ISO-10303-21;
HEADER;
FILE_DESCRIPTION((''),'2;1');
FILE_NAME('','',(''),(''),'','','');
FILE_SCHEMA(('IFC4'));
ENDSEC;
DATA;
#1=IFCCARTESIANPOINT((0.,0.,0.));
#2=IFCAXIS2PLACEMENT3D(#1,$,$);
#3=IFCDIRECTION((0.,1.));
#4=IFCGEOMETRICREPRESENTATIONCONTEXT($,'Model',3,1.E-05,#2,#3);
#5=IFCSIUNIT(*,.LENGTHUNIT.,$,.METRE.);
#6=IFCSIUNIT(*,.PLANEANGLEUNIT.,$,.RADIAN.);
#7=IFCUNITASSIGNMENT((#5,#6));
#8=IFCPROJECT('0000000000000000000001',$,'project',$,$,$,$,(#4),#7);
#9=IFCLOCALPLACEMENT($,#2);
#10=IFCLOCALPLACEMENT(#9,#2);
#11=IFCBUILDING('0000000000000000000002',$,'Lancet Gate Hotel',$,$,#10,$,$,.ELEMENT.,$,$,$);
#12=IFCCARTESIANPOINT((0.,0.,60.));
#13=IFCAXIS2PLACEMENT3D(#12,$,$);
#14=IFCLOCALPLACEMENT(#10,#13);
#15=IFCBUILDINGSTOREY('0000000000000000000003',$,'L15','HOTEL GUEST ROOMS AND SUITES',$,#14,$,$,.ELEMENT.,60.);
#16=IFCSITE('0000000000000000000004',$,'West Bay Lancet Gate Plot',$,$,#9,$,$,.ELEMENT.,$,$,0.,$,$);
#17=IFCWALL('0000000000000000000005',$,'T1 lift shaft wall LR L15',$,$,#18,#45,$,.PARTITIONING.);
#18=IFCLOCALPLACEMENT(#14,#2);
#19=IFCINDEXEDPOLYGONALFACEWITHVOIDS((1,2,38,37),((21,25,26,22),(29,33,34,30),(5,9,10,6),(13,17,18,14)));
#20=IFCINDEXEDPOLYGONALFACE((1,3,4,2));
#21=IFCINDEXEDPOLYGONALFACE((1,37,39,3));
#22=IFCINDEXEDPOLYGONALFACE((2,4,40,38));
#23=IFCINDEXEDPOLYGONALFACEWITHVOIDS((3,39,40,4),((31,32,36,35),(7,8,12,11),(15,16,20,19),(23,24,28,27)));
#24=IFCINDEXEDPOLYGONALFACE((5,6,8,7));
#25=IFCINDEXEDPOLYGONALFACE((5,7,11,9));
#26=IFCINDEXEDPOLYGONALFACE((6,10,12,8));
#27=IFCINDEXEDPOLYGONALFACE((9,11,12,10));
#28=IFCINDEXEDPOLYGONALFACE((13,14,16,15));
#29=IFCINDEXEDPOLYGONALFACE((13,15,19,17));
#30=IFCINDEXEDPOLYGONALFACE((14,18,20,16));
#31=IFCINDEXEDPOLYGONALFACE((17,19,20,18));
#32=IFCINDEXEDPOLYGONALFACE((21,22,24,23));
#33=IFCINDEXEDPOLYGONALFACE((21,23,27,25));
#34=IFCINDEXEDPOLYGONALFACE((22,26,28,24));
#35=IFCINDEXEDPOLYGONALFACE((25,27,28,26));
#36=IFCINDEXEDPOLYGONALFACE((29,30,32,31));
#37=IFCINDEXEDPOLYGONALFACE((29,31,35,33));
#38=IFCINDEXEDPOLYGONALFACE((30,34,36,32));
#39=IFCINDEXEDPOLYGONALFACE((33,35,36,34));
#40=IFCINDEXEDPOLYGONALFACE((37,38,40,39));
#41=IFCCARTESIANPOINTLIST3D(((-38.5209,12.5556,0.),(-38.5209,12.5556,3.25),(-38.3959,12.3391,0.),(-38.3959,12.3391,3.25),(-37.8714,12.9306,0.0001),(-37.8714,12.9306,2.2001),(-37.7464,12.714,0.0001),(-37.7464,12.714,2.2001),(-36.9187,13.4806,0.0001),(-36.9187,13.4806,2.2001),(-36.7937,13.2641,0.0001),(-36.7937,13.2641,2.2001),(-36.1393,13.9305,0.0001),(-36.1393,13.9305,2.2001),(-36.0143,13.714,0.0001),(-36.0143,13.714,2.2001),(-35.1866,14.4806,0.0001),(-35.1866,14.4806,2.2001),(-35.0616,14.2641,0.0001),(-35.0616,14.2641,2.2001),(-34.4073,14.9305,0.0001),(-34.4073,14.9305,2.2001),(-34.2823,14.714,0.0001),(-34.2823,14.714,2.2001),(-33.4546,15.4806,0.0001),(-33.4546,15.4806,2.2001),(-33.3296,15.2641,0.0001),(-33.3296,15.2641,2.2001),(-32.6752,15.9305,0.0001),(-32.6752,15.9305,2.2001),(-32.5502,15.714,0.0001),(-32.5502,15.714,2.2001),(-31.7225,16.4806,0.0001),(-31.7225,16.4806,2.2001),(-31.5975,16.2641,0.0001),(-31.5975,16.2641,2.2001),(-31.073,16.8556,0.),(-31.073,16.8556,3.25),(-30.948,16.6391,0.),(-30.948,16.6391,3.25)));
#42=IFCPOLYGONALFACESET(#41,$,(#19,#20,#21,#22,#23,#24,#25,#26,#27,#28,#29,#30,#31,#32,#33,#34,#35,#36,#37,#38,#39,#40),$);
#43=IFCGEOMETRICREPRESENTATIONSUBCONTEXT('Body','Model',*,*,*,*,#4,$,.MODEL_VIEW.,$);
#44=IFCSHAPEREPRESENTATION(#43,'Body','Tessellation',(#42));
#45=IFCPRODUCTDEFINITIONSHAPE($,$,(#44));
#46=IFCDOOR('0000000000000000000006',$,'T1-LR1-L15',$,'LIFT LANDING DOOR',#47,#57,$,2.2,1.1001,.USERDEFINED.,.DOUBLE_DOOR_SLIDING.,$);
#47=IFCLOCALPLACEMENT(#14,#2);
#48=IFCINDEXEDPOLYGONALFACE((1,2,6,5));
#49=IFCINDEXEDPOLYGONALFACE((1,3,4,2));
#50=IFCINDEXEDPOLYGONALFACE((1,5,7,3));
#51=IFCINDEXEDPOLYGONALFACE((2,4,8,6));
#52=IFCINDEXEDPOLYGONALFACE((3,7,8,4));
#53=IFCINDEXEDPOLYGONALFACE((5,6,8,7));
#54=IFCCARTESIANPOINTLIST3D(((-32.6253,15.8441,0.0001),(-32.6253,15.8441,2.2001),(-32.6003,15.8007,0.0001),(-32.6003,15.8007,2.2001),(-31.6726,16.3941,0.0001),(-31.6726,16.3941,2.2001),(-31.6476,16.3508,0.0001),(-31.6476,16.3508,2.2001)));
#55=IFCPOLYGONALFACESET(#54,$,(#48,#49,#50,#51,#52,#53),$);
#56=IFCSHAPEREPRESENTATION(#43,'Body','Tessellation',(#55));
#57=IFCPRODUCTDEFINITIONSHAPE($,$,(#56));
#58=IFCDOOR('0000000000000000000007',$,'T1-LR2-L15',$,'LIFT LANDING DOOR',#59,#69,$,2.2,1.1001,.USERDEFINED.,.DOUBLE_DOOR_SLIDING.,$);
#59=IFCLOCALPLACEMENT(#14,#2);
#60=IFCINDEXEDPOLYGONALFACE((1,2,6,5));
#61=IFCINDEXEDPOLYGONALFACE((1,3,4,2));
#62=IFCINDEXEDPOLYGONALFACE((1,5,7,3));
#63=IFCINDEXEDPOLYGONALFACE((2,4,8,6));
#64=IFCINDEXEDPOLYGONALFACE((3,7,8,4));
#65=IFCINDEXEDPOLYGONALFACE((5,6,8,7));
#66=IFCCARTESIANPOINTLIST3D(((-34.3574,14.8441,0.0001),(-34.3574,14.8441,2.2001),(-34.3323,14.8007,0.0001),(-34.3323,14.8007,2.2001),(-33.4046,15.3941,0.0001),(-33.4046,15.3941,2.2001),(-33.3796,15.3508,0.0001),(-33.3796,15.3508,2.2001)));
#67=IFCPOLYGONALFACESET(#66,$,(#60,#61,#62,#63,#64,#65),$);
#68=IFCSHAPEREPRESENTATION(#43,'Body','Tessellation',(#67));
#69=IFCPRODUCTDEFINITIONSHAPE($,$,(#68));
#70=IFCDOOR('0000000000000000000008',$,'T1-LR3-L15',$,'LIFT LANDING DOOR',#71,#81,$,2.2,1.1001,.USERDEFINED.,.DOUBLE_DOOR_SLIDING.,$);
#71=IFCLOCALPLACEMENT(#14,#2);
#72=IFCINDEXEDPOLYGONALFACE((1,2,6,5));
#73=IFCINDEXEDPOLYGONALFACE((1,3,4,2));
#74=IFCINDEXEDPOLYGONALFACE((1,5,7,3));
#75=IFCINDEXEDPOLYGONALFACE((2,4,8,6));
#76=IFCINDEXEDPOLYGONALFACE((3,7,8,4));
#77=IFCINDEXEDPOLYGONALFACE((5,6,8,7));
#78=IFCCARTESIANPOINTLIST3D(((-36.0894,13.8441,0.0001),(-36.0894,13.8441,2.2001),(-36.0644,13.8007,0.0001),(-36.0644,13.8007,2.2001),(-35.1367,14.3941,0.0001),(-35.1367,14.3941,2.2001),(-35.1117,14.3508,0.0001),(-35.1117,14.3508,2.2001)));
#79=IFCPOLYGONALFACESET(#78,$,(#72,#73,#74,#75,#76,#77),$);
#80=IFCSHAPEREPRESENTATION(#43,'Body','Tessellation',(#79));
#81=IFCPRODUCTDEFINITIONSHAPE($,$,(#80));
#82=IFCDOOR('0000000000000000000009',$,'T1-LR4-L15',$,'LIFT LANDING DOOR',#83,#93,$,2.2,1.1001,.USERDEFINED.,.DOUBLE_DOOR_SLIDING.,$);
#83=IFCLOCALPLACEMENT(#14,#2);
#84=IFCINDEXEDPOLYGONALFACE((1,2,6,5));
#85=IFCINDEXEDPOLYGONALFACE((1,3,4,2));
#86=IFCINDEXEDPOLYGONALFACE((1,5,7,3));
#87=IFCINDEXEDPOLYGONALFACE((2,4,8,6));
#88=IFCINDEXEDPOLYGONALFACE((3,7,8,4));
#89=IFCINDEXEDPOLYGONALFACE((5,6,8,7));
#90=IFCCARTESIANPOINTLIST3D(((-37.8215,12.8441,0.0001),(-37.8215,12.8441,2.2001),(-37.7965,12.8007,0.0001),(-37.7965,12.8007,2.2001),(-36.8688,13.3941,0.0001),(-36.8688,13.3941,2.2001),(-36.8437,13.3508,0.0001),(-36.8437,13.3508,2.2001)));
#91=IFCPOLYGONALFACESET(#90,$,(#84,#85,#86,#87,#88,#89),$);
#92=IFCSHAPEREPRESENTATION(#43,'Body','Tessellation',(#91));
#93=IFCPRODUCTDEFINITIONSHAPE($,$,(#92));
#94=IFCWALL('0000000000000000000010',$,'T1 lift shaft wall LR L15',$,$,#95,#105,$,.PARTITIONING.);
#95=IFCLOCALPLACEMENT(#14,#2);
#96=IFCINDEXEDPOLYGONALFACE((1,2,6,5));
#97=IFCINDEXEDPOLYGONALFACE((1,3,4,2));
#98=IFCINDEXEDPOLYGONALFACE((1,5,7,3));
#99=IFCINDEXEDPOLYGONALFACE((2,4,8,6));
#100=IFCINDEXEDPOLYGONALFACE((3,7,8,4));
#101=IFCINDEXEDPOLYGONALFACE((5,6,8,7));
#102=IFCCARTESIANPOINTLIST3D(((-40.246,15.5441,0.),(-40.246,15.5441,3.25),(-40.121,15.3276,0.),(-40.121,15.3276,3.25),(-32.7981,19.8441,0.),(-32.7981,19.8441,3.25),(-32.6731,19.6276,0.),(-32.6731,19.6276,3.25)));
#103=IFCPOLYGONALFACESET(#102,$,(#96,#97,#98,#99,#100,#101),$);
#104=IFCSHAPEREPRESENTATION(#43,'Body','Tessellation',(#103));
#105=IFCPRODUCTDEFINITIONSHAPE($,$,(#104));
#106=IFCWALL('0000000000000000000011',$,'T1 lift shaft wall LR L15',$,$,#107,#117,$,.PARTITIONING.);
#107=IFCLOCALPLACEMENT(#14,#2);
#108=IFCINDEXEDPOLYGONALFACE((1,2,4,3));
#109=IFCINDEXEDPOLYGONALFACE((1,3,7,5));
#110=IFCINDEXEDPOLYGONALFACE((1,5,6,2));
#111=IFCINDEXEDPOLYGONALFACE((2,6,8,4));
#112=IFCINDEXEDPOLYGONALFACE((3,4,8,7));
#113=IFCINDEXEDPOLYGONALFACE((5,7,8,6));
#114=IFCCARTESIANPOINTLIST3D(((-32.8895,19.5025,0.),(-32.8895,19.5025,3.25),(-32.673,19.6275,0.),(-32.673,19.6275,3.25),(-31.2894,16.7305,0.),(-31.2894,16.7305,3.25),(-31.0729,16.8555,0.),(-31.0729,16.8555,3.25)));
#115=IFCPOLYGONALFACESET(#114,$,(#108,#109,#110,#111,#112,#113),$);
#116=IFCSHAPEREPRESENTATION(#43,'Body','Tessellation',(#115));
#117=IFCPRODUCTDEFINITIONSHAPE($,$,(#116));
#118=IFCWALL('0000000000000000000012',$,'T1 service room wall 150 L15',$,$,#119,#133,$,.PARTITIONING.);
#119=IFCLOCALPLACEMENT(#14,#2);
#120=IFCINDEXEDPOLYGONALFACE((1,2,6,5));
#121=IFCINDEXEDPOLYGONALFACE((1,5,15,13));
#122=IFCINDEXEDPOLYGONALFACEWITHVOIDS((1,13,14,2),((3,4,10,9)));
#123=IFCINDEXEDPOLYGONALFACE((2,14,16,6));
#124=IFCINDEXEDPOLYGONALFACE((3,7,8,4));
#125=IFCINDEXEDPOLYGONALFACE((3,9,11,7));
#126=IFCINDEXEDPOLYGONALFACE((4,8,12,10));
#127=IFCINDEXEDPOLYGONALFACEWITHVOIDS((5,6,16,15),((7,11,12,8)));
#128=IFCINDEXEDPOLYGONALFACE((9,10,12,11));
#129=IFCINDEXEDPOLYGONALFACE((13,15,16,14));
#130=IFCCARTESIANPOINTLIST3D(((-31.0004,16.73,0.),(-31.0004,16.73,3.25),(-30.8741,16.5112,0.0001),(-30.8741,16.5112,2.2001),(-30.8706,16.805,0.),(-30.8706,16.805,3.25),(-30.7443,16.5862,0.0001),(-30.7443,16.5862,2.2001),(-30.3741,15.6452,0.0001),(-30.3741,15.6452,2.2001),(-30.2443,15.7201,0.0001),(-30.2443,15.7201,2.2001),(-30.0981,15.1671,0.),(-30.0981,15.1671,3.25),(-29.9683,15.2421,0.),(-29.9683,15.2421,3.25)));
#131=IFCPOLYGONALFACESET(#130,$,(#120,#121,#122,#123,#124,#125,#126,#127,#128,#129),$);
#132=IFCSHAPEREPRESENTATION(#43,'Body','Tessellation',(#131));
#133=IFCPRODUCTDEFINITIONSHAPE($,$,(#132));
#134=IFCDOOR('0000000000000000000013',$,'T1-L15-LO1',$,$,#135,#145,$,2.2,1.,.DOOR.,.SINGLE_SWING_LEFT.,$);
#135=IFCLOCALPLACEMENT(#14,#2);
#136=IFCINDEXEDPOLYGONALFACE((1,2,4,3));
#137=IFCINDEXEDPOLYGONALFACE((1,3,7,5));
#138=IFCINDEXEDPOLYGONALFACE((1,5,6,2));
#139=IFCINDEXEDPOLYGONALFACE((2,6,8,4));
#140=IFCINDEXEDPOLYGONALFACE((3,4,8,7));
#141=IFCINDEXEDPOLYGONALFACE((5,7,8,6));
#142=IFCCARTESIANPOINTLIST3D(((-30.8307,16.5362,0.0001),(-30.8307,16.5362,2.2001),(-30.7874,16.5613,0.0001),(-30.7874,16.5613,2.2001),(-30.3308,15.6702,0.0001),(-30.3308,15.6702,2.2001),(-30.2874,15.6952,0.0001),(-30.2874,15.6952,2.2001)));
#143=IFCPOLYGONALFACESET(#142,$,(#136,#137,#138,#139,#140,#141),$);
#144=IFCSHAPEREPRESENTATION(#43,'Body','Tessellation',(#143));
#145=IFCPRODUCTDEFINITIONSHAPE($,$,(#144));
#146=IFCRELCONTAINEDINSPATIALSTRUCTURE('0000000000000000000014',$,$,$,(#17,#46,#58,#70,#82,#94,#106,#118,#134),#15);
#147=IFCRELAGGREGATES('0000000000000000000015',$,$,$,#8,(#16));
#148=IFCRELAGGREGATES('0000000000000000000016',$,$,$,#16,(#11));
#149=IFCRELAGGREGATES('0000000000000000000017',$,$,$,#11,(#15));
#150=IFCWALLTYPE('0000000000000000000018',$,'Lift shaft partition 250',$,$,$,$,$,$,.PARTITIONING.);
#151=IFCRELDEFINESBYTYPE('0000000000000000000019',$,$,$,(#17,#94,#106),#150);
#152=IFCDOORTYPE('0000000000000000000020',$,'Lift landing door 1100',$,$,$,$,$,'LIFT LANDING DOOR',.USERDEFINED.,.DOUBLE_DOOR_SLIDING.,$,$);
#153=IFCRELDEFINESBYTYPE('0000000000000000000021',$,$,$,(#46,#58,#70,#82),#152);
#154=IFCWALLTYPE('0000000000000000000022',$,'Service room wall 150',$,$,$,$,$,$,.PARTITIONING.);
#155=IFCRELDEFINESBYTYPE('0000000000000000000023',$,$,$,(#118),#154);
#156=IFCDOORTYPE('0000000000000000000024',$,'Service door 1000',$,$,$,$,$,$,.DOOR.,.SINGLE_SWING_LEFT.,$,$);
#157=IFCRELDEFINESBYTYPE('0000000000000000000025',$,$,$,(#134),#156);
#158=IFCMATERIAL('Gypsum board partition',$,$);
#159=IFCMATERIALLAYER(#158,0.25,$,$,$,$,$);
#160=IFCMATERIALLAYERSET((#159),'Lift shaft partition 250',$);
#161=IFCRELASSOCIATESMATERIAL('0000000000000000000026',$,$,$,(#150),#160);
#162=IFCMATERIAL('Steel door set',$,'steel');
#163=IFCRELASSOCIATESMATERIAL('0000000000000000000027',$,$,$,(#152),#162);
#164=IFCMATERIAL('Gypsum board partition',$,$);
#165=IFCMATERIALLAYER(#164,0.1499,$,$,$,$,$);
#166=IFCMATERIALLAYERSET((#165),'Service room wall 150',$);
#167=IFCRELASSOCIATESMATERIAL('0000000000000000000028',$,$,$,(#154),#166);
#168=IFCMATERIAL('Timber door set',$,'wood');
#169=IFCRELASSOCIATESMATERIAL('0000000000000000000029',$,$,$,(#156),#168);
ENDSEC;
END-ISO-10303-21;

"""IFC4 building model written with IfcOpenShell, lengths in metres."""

from ifc_helpers import new_model, si_unit, direction, frame, frame_2d, origin, place, context, subcontext, project, spatial, rectangle, extrude, material, layer, layer_set, type_object, element, fill, save


model = new_model("IFC4")

# Units and contexts
model_context = context("Model", 3, precision=1e-05, world=origin(), true_north=direction((0.0, 1.0)))
body_context = subcontext(model_context, "Body", "Model", "MODEL_VIEW")
ifc_project = project(units=[si_unit("LENGTHUNIT", "METRE"), si_unit("PLANEANGLEUNIT", "RADIAN")], contexts=[model_context])

# Site, building, storey
site_placement = place(None, origin())
site = spatial("IfcSite", under=ifc_project, at=site_placement, Name="West Bay Lancet Gate Plot", CompositionType="ELEMENT", RefElevation=0.0)
building_placement = place(site_placement, origin())
building = spatial("IfcBuilding", under=site, at=building_placement, Name="Lancet Gate Hotel", CompositionType="ELEMENT")
storey_placement = place(building_placement, frame((0.0, 0.0, 60.0)))
storey = spatial("IfcBuildingStorey", under=building, at=storey_placement, Name="L15", Description="HOTEL GUEST ROOMS AND SUITES", CompositionType="ELEMENT", Elevation=60.0)

# Wall, openings, doors
ifc_material_1 = material(Name="Gypsum board partition")
ifc_layer_1 = layer(ifc_material_1, 0.25)
ifc_layer_set_1 = layer_set([ifc_layer_1], Name="Lift shaft partition 250")
wall_type_1 = type_object("IfcWallType", Name="Lift shaft partition 250", PredefinedType="PARTITIONING", material=ifc_layer_set_1)
wall_1_placement = place(storey_placement, frame((-31.0105, 16.7473, 0.0), z_axis=(0.0, 0.0, 1.0), x_axis=(-0.866028, -0.499995, 0.0)))
wall_1 = element("IfcWall", 1, at=wall_1_placement, inside=storey, type_object=wall_type_1, Name="T1 lift shaft wall LR L15", PredefinedType="PARTITIONING", context=body_context, shape_type="SweptSolid", body=[
    extrude(rectangle(XDim=8.6001, YDim=0.25, at=frame_2d((4.3, 0.0))), origin(), (0.0, 0.0, 1.0), 3.25),
])
opening_1_placement = place(wall_1_placement, frame((0.75, 0.0, 0.0)))
opening_1 = element("IfcOpeningElement", 2, at=opening_1_placement, cuts=wall_1, PredefinedType="OPENING", context=body_context, shape_type="SweptSolid", body=[
    extrude(rectangle(XDim=1.1001, YDim=2.2, at=frame_2d((0.55, 1.1001))), frame((0.0, 0.135, 0.0), z_axis=(0.0, -1.0, 0.0), x_axis=(1.0, 0.0, 0.0)), (0.0, 0.0, 1.0), 0.27),
])
opening_2_placement = place(wall_1_placement, frame((2.75, 0.0, 0.0)))
opening_2 = element("IfcOpeningElement", 3, at=opening_2_placement, cuts=wall_1, PredefinedType="OPENING", context=body_context, shape_type="SweptSolid", body=[
    extrude(rectangle(XDim=1.1001, YDim=2.2, at=frame_2d((0.55, 1.1001))), frame((0.0, 0.135, 0.0), z_axis=(0.0, -1.0, 0.0), x_axis=(1.0, 0.0, 0.0)), (0.0, 0.0, 1.0), 0.27),
])
opening_3_placement = place(wall_1_placement, frame((4.75, 0.0, 0.0)))
opening_3 = element("IfcOpeningElement", 4, at=opening_3_placement, cuts=wall_1, PredefinedType="OPENING", context=body_context, shape_type="SweptSolid", body=[
    extrude(rectangle(XDim=1.1001, YDim=2.2, at=frame_2d((0.55, 1.1001))), frame((0.0, 0.135, 0.0), z_axis=(0.0, -1.0, 0.0), x_axis=(1.0, 0.0, 0.0)), (0.0, 0.0, 1.0), 0.27),
])
opening_4_placement = place(wall_1_placement, frame((6.75, 0.0, 0.0)))
opening_4 = element("IfcOpeningElement", 5, at=opening_4_placement, cuts=wall_1, PredefinedType="OPENING", context=body_context, shape_type="SweptSolid", body=[
    extrude(rectangle(XDim=1.1001, YDim=2.2, at=frame_2d((0.55, 1.1001))), frame((0.0, 0.135, 0.0), z_axis=(0.0, -1.0, 0.0), x_axis=(1.0, 0.0, 0.0)), (0.0, 0.0, 1.0), 0.27),
])
ifc_material_2 = material(Name="Steel door set", Category="steel")
door_type_1 = type_object("IfcDoorType", Name="Lift landing door 1100", ElementType="LIFT LANDING DOOR", OperationType="DOUBLE_DOOR_SLIDING", PredefinedType="USERDEFINED", material=ifc_material_2)
door_1_placement = place(opening_1_placement, origin())
door_1 = element("IfcDoor", 6, at=door_1_placement, inside=storey, type_object=door_type_1, Name="T1-LR1-L15", ObjectType="LIFT LANDING DOOR", OperationType="DOUBLE_DOOR_SLIDING", OverallHeight=2.2, OverallWidth=1.1001, PredefinedType="USERDEFINED", context=body_context, shape_type="SweptSolid", body=[
    extrude(rectangle(XDim=1.1001, YDim=2.2, at=frame_2d((0.55, 1.1001))), frame((0.0, 0.0249, 0.0), z_axis=(0.0, -1.0, 0.0), x_axis=(1.0, 0.0, 0.0)), (0.0, 0.0, 1.0), 0.05),
])
fill(opening_1, door_1)
door_2_placement = place(opening_2_placement, origin())
door_2 = element("IfcDoor", 7, at=door_2_placement, inside=storey, type_object=door_type_1, Name="T1-LR2-L15", ObjectType="LIFT LANDING DOOR", OperationType="DOUBLE_DOOR_SLIDING", OverallHeight=2.2, OverallWidth=1.1001, PredefinedType="USERDEFINED", context=body_context, shape_type="SweptSolid", body=[
    extrude(rectangle(XDim=1.1001, YDim=2.2, at=frame_2d((0.55, 1.1001))), frame((0.0, 0.0249, 0.0), z_axis=(0.0, -1.0, 0.0), x_axis=(1.0, 0.0, 0.0)), (0.0, 0.0, 1.0), 0.05),
])
fill(opening_2, door_2)
door_3_placement = place(opening_3_placement, origin())
door_3 = element("IfcDoor", 8, at=door_3_placement, inside=storey, type_object=door_type_1, Name="T1-LR3-L15", ObjectType="LIFT LANDING DOOR", OperationType="DOUBLE_DOOR_SLIDING", OverallHeight=2.2, OverallWidth=1.1001, PredefinedType="USERDEFINED", context=body_context, shape_type="SweptSolid", body=[
    extrude(rectangle(XDim=1.1001, YDim=2.2, at=frame_2d((0.55, 1.1001))), frame((0.0, 0.0249, 0.0), z_axis=(0.0, -1.0, 0.0), x_axis=(1.0, 0.0, 0.0)), (0.0, 0.0, 1.0), 0.05),
])
fill(opening_3, door_3)
door_4_placement = place(opening_4_placement, origin())
door_4 = element("IfcDoor", 9, at=door_4_placement, inside=storey, type_object=door_type_1, Name="T1-LR4-L15", ObjectType="LIFT LANDING DOOR", OperationType="DOUBLE_DOOR_SLIDING", OverallHeight=2.2, OverallWidth=1.1001, PredefinedType="USERDEFINED", context=body_context, shape_type="SweptSolid", body=[
    extrude(rectangle(XDim=1.1001, YDim=2.2, at=frame_2d((0.55, 1.1001))), frame((0.0, 0.0249, 0.0), z_axis=(0.0, -1.0, 0.0), x_axis=(1.0, 0.0, 0.0)), (0.0, 0.0, 1.0), 0.05),
])
fill(opening_4, door_4)

# Walls
wall_2_placement = place(storey_placement, frame((-32.7356, 19.7358, 0.0), z_axis=(0.0, 0.0, 1.0), x_axis=(-0.866028, -0.499995, 0.0)))
element("IfcWall", 10, at=wall_2_placement, inside=storey, type_object=wall_type_1, Name="T1 lift shaft wall LR L15", PredefinedType="PARTITIONING", context=body_context, shape_type="SweptSolid", body=[
    extrude(rectangle(XDim=8.6001, YDim=0.25, at=frame_2d((4.3, 0.0))), origin(), (0.0, 0.0, 1.0), 3.25),
])
wall_3_placement = place(storey_placement, frame((-31.1812, 16.793, 0.0), z_axis=(0.0, 0.0, 1.0), x_axis=(-0.499929, 0.866066, 0.0)))
element("IfcWall", 11, at=wall_3_placement, inside=storey, type_object=wall_type_1, Name="T1 lift shaft wall LR L15", PredefinedType="PARTITIONING", context=body_context, shape_type="SweptSolid", body=[
    extrude(rectangle(XDim=3.2007, YDim=0.25, at=frame_2d((1.6003, 0.0))), origin(), (0.0, 0.0, 1.0), 3.25),
])

# Wall, opening, door
ifc_material_3 = material(Name="Gypsum board partition")
ifc_layer_2 = layer(ifc_material_3, 0.1499)
ifc_layer_set_2 = layer_set([ifc_layer_2], Name="Service room wall 150")
wall_type_2 = type_object("IfcWallType", Name="Service room wall 150", PredefinedType="PARTITIONING", material=ifc_layer_set_2)
wall_4_placement = place(storey_placement, frame((-30.0332, 15.2046, 0.0), z_axis=(0.0, 0.0, 1.0), x_axis=(-0.49998, 0.866037, 0.0)))
wall_4 = element("IfcWall", 12, at=wall_4_placement, inside=storey, type_object=wall_type_2, Name="T1 service room wall 150 L15", PredefinedType="PARTITIONING", context=body_context, shape_type="SweptSolid", body=[
    extrude(rectangle(XDim=1.8047, YDim=0.1499, at=frame_2d((0.9023, 0.0))), origin(), (0.0, 0.0, 1.0), 3.25),
])
opening_5_placement = place(wall_4_placement, frame((0.552, 0.0, 0.0)))
opening_5 = element("IfcOpeningElement", 13, at=opening_5_placement, cuts=wall_4, PredefinedType="OPENING", context=body_context, shape_type="SweptSolid", body=[
    extrude(rectangle(XDim=1.0, YDim=2.2, at=frame_2d((0.5, 1.1001))), frame((0.0, 0.085, 0.0), z_axis=(0.0, -1.0, 0.0), x_axis=(1.0, 0.0, 0.0)), (0.0, 0.0, 1.0), 0.1699),
])
ifc_material_4 = material(Name="Timber door set", Category="wood")
door_type_2 = type_object("IfcDoorType", Name="Service door 1000", OperationType="SINGLE_SWING_LEFT", PredefinedType="DOOR", material=ifc_material_4)
door_5_placement = place(opening_5_placement, origin())
door_5 = element("IfcDoor", 14, at=door_5_placement, inside=storey, type_object=door_type_2, Name="T1-L15-LO1", OperationType="SINGLE_SWING_LEFT", OverallHeight=2.2, OverallWidth=1.0, PredefinedType="DOOR", context=body_context, shape_type="SweptSolid", body=[
    extrude(rectangle(XDim=1.0, YDim=2.2, at=frame_2d((0.5, 1.1001))), frame((0.0, 0.0249, 0.0), z_axis=(0.0, -1.0, 0.0), x_axis=(1.0, 0.0, 0.0)), (0.0, 0.0, 1.0), 0.05),
])
fill(opening_5, door_5)

save(model, "model.ifc")
